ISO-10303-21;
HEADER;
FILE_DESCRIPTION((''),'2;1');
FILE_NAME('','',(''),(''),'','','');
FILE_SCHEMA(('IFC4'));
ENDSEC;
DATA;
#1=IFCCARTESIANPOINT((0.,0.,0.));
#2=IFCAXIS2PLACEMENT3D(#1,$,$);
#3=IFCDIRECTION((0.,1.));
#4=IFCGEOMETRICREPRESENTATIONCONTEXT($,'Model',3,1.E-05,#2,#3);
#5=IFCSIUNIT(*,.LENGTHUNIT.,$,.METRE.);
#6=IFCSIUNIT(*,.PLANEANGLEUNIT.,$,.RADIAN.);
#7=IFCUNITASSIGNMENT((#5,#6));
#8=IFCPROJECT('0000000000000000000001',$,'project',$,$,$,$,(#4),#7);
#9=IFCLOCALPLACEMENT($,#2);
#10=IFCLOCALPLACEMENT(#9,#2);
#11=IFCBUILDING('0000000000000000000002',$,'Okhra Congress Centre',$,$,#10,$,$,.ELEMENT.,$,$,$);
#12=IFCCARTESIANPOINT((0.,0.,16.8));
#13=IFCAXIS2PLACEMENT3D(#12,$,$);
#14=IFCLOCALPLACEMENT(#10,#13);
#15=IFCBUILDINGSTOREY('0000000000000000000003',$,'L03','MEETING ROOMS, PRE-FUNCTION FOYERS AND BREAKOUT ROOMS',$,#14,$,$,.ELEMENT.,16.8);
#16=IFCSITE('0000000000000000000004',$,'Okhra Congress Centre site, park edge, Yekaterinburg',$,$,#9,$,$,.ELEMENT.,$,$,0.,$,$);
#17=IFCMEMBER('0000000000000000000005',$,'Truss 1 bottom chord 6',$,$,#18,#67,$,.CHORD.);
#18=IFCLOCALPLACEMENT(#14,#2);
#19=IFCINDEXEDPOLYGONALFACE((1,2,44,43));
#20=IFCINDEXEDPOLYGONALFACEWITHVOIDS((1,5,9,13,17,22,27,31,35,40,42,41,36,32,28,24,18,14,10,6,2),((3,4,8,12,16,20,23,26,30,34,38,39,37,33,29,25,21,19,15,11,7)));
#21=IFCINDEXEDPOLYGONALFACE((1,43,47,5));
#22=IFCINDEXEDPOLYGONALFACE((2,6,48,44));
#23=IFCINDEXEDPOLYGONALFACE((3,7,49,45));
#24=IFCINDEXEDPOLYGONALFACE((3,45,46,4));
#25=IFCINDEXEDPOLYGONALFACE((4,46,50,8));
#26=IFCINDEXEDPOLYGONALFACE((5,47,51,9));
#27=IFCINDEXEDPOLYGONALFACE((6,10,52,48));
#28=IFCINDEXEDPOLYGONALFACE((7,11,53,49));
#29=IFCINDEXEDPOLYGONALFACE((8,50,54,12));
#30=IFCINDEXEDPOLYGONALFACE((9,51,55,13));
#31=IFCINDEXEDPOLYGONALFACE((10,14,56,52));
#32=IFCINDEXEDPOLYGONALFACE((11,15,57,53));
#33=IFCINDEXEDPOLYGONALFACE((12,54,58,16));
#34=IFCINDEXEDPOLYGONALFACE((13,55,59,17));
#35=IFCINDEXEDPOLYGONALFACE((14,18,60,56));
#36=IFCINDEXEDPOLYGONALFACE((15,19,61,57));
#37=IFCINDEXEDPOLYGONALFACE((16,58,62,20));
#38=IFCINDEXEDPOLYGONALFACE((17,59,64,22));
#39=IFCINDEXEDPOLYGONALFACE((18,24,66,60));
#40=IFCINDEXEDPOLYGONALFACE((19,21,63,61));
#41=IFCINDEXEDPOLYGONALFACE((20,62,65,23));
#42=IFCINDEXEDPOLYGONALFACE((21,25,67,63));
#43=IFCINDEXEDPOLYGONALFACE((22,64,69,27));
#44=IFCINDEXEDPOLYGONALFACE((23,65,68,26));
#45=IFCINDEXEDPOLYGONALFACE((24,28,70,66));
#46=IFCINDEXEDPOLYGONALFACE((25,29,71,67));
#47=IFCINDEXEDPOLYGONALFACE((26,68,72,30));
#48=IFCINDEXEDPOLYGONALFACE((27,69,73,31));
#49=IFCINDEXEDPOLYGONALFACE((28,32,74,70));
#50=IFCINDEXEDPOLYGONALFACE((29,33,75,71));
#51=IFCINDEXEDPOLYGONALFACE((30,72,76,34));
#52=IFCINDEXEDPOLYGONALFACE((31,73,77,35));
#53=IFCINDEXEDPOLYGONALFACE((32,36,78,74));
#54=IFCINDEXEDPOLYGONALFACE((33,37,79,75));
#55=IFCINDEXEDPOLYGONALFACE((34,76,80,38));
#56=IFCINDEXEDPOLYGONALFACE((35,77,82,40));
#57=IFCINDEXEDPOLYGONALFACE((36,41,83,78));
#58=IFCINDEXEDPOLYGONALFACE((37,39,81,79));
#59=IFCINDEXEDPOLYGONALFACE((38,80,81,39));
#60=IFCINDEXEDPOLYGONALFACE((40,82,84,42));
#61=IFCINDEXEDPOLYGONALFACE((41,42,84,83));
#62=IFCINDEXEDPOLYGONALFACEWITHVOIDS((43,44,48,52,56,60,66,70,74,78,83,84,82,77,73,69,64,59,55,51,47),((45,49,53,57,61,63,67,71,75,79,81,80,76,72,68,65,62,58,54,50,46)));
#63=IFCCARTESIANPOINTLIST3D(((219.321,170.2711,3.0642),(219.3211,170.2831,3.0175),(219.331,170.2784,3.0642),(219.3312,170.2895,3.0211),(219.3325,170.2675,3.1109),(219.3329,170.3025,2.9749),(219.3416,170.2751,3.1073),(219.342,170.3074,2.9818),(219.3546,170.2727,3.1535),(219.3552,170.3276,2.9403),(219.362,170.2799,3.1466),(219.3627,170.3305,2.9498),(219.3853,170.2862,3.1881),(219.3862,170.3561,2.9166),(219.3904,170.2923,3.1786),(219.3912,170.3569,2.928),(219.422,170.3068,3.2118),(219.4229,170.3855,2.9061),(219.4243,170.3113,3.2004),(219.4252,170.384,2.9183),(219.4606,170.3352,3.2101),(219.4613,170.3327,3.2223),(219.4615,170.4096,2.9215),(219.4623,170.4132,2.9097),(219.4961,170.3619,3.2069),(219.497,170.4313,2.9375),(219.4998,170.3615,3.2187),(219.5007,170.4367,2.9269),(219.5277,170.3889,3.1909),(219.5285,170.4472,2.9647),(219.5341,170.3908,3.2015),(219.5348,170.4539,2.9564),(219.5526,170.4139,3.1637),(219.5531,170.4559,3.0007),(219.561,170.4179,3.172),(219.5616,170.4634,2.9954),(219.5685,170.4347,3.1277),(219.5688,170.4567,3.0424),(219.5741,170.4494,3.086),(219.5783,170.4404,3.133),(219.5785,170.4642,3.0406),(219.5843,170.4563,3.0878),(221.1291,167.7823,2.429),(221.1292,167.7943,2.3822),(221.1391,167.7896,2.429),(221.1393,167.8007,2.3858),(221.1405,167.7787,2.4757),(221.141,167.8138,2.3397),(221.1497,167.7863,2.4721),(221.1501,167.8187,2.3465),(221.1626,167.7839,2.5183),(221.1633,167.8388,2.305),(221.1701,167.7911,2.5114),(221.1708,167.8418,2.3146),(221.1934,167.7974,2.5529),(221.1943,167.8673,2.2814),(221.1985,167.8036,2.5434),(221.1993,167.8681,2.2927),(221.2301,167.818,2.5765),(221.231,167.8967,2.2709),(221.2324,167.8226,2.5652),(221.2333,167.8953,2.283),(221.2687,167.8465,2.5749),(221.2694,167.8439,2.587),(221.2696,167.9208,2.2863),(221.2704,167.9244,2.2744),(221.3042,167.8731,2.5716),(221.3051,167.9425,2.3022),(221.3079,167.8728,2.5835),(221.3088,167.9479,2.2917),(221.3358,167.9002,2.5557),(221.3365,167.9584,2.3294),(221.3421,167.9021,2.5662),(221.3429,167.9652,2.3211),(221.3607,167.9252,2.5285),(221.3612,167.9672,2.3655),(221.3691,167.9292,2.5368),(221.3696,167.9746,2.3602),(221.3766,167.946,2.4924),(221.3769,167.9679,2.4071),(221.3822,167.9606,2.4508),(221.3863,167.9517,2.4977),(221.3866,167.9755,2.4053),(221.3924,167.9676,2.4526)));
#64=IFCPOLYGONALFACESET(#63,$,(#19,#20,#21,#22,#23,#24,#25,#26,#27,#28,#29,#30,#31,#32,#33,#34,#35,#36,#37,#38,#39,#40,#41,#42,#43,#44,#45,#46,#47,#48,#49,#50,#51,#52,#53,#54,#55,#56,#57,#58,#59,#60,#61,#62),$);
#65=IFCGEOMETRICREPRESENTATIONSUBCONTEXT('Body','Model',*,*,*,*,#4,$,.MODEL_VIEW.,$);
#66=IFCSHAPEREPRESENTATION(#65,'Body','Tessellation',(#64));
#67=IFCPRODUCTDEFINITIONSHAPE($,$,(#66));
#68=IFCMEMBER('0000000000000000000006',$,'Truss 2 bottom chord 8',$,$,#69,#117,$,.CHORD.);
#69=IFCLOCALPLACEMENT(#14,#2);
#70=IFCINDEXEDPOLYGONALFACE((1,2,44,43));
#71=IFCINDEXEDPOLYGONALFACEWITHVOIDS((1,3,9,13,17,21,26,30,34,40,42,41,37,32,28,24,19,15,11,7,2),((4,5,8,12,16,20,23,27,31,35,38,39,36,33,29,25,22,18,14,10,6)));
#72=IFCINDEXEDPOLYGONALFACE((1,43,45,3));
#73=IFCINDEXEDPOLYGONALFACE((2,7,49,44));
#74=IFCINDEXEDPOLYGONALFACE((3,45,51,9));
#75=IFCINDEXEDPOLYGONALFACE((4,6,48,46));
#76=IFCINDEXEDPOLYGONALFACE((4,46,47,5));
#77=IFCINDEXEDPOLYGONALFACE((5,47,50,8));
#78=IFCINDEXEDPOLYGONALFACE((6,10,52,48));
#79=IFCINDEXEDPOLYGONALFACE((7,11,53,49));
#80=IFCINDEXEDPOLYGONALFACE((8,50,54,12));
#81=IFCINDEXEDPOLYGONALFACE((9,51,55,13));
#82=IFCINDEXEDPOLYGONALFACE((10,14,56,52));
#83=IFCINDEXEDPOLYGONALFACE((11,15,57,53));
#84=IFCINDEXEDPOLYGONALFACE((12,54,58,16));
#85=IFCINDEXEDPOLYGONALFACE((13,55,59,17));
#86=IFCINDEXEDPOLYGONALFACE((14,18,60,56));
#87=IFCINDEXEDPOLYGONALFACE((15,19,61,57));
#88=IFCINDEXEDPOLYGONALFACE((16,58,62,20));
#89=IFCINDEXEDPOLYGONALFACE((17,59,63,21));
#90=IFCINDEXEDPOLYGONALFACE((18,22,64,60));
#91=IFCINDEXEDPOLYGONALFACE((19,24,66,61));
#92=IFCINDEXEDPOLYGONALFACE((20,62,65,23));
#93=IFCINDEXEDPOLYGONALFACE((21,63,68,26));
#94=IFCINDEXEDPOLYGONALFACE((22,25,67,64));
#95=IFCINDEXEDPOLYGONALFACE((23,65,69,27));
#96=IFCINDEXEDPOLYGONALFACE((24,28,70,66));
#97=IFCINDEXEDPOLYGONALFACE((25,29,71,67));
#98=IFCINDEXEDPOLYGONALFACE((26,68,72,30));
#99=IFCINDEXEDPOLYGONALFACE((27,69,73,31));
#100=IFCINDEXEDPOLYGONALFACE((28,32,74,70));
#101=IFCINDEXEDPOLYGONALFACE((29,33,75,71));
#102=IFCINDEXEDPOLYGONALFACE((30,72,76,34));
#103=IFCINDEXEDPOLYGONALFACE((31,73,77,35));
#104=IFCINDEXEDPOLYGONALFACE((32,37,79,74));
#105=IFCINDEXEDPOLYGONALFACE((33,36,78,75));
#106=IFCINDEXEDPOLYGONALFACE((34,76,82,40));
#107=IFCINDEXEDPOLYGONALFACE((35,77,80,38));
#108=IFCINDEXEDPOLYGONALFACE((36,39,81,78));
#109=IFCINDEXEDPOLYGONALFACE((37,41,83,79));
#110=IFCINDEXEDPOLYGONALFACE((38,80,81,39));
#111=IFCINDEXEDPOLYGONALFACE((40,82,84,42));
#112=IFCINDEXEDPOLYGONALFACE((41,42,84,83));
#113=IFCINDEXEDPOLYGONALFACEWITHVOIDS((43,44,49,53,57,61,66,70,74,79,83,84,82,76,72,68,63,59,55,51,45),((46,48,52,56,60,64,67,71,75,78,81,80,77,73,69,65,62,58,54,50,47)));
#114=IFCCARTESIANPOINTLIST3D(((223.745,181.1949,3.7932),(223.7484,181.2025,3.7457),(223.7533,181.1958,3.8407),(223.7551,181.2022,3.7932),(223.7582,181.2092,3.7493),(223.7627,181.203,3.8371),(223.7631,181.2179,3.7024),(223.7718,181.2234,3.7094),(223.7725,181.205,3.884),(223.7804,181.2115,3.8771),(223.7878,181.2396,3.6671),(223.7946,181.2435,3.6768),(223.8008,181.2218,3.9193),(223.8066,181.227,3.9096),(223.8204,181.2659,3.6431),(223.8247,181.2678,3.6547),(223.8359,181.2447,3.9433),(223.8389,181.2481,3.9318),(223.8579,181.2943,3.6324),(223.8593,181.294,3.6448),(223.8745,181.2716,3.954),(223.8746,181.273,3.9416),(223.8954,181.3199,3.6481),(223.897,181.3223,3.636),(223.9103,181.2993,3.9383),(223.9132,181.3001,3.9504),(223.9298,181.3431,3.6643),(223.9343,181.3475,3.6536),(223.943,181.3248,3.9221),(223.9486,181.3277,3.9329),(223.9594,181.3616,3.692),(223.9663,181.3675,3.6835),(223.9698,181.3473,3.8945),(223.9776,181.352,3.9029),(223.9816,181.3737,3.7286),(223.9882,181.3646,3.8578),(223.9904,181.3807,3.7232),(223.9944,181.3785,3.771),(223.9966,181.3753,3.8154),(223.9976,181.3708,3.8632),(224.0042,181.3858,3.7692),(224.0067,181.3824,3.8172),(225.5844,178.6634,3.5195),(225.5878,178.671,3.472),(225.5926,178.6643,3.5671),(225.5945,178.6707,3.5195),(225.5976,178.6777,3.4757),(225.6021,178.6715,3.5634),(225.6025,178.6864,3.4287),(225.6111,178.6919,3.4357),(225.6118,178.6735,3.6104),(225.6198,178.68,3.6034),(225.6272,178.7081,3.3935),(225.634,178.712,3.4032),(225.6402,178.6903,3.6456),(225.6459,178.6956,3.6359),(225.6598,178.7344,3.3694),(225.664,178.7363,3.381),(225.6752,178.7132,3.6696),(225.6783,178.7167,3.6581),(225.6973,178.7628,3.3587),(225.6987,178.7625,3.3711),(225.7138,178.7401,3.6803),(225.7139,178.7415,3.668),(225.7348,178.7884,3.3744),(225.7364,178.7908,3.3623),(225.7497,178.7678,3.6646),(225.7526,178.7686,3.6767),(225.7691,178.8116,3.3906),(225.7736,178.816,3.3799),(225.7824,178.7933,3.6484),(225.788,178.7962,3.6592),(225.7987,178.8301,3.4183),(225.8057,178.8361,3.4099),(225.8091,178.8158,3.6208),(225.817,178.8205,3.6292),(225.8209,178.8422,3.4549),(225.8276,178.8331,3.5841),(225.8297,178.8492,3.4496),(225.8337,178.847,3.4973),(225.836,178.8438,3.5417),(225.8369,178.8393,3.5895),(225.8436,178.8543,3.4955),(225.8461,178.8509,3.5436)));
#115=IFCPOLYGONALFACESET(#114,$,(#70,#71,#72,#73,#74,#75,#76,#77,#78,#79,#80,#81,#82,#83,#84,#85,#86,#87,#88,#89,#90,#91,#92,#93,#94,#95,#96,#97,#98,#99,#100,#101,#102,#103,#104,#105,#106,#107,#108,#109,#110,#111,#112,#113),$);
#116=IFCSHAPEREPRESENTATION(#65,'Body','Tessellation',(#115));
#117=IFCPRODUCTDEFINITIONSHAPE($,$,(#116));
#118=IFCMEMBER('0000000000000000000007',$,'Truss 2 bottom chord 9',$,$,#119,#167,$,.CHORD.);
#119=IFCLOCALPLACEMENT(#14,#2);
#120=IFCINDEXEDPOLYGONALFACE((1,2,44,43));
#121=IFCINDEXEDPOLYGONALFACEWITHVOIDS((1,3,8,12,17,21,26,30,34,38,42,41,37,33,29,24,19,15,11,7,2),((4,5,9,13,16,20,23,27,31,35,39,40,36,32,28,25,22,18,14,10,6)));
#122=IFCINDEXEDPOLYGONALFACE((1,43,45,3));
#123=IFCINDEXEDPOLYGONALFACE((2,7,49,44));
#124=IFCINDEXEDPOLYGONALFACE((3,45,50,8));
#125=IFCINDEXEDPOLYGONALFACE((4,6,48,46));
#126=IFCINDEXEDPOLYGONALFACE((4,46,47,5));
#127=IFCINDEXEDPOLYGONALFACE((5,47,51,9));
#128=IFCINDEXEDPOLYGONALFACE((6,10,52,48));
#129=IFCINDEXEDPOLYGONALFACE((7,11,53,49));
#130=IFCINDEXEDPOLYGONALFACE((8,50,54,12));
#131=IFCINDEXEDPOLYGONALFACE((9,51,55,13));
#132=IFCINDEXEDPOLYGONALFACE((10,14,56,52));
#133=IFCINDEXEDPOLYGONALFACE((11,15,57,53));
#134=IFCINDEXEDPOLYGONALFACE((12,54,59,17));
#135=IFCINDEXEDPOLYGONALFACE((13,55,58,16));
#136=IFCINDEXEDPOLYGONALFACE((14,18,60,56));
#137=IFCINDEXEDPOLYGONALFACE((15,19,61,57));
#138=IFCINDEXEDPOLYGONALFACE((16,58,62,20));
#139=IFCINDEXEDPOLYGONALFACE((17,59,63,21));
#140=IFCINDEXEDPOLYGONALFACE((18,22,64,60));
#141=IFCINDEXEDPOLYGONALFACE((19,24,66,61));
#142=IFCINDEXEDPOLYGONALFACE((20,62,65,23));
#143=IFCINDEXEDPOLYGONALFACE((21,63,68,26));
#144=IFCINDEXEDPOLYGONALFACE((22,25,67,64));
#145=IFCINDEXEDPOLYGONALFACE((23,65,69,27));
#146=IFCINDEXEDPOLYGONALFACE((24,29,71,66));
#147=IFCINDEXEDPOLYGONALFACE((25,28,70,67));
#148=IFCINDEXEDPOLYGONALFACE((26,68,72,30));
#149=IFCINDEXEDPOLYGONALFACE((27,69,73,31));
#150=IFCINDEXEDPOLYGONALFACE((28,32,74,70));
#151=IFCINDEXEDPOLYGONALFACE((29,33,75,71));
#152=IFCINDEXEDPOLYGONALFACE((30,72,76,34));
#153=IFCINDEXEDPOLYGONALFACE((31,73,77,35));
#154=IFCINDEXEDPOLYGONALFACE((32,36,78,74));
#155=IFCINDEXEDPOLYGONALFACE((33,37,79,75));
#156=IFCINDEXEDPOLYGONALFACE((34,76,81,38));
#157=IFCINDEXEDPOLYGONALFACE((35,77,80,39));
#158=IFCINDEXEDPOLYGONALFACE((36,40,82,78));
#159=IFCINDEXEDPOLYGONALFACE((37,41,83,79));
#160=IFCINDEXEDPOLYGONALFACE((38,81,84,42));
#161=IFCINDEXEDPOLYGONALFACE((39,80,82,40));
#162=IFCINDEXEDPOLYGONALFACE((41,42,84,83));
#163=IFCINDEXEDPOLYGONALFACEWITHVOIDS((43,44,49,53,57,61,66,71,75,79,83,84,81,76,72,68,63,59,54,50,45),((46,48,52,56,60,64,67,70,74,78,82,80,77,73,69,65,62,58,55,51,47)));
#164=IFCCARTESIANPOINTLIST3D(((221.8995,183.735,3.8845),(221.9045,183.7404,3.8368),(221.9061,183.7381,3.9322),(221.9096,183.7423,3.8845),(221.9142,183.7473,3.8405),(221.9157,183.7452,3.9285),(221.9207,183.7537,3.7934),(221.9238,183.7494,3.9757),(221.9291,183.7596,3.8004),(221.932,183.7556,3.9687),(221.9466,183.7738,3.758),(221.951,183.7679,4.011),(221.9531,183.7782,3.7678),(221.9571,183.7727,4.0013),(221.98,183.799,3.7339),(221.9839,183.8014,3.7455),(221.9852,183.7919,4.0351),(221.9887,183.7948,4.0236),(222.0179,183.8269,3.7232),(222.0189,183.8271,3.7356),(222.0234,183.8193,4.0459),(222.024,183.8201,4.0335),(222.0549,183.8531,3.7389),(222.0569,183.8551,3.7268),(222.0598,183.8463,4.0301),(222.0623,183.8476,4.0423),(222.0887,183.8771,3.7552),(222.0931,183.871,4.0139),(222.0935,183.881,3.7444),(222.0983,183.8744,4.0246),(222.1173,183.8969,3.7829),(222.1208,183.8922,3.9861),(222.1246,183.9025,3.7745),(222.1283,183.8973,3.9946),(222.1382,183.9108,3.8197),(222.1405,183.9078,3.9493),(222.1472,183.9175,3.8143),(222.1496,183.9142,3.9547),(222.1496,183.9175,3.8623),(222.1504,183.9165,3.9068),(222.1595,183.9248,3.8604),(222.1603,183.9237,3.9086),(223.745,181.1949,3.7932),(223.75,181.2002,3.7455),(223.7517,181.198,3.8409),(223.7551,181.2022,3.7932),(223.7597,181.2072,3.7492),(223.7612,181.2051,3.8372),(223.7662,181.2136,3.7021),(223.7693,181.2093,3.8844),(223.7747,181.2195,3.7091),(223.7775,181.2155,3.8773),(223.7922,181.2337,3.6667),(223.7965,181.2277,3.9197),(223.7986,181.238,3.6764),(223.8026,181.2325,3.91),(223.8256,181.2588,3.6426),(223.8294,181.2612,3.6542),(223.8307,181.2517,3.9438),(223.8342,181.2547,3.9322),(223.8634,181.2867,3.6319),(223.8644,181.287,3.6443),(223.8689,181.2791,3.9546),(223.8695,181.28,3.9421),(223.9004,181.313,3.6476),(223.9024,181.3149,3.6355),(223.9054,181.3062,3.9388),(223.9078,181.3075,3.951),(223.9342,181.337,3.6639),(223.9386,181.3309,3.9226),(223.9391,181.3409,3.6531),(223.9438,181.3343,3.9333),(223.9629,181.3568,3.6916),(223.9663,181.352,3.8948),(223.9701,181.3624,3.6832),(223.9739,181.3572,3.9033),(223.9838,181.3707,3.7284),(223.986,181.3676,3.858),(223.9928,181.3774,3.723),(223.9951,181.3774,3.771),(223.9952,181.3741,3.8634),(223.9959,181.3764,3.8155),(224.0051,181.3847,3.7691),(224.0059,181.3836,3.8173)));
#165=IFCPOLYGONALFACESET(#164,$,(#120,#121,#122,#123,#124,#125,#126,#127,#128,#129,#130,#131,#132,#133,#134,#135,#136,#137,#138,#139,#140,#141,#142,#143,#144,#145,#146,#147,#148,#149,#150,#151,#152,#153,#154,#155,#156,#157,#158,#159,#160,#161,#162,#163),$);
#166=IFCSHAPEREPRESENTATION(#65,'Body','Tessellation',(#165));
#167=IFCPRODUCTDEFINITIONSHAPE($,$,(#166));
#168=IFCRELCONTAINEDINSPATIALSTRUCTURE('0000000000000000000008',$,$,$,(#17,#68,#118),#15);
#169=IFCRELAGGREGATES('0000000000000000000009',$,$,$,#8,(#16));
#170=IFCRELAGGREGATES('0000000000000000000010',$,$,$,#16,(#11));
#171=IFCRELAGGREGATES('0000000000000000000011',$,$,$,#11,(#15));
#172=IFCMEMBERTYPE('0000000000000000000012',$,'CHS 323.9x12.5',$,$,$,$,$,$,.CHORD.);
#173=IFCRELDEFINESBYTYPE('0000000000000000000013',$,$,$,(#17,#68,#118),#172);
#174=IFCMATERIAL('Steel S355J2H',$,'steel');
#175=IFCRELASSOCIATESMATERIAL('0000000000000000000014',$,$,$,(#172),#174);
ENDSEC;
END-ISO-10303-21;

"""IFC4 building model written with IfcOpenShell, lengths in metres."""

from ifc_helpers import new_model, si_unit, direction, frame, origin, origin_2d, place, context, subcontext, project, spatial, hollow_circle, extrude, material, material_profile, profile_set, type_object, element, save


model = new_model("IFC4")

# Units and contexts
model_context = context("Model", 3, precision=1e-05, world=origin(), true_north=direction((0.0, 1.0)))
body_context = subcontext(model_context, "Body", "Model", "MODEL_VIEW")
ifc_project = project(units=[si_unit("LENGTHUNIT", "METRE"), si_unit("PLANEANGLEUNIT", "RADIAN")], contexts=[model_context])

# Site, building, storey
site_placement = place(None, origin())
site = spatial("IfcSite", under=ifc_project, at=site_placement, Name="Okhra Congress Centre site, park edge, Yekaterinburg", CompositionType="ELEMENT", RefElevation=0.0)
building_placement = place(site_placement, origin())
building = spatial("IfcBuilding", under=site, at=building_placement, Name="Okhra Congress Centre", CompositionType="ELEMENT")
storey_placement = place(building_placement, frame((0.0, 0.0, 16.8)))
storey = spatial("IfcBuildingStorey", under=building, at=storey_placement, Name="L03", Description="MEETING ROOMS, PRE-FUNCTION FOYERS AND BREAKOUT ROOMS", CompositionType="ELEMENT", Elevation=16.8)

# Members
ifc_material_1 = material(Name="Steel S355J2H", Category="steel")
ifc_material_profile_1 = material_profile(ifc_material_1, hollow_circle(Radius=0.1619, WallThickness=0.0125, at=origin_2d()), Name="CHS 323.9x12.5")
ifc_profile_set_1 = profile_set([ifc_material_profile_1], Name="Steel S355J2H")
member_type_1 = type_object("IfcMemberType", Name="CHS 323.9x12.5", PredefinedType="CHORD", material=ifc_profile_set_1)
for number, where, z_axis, x_axis, name in (
    (1, (221.26, 167.8774, 2.429), (-0.575621, 0.792314, 0.202237), (-0.809031, -0.587766, 0.0), "Truss 1 bottom chord 6"),
    (2, (225.7153, 178.7585, 3.5195), (-0.585574, 0.805923, 0.087129), (-0.808999, -0.58781, 0.0), "Truss 2 bottom chord 8"),
    (3, (223.876, 181.29, 3.7932), (-0.587539, 0.808673, 0.02907), (-0.809015, -0.587788, 0.0), "Truss 2 bottom chord 9"),
):
    element("IfcMember", number, at=place(storey_placement, frame(where, z_axis=z_axis, x_axis=x_axis)), inside=storey, type_object=member_type_1, Name=name, PredefinedType="CHORD", context=body_context, shape_type="SweptSolid", body=[
        extrude(hollow_circle(Radius=0.1619, WallThickness=0.0125, at=origin_2d()), origin(), (0.0, 0.0, 1.0), 3.1411),
    ])

save(model, "model.ifc")
